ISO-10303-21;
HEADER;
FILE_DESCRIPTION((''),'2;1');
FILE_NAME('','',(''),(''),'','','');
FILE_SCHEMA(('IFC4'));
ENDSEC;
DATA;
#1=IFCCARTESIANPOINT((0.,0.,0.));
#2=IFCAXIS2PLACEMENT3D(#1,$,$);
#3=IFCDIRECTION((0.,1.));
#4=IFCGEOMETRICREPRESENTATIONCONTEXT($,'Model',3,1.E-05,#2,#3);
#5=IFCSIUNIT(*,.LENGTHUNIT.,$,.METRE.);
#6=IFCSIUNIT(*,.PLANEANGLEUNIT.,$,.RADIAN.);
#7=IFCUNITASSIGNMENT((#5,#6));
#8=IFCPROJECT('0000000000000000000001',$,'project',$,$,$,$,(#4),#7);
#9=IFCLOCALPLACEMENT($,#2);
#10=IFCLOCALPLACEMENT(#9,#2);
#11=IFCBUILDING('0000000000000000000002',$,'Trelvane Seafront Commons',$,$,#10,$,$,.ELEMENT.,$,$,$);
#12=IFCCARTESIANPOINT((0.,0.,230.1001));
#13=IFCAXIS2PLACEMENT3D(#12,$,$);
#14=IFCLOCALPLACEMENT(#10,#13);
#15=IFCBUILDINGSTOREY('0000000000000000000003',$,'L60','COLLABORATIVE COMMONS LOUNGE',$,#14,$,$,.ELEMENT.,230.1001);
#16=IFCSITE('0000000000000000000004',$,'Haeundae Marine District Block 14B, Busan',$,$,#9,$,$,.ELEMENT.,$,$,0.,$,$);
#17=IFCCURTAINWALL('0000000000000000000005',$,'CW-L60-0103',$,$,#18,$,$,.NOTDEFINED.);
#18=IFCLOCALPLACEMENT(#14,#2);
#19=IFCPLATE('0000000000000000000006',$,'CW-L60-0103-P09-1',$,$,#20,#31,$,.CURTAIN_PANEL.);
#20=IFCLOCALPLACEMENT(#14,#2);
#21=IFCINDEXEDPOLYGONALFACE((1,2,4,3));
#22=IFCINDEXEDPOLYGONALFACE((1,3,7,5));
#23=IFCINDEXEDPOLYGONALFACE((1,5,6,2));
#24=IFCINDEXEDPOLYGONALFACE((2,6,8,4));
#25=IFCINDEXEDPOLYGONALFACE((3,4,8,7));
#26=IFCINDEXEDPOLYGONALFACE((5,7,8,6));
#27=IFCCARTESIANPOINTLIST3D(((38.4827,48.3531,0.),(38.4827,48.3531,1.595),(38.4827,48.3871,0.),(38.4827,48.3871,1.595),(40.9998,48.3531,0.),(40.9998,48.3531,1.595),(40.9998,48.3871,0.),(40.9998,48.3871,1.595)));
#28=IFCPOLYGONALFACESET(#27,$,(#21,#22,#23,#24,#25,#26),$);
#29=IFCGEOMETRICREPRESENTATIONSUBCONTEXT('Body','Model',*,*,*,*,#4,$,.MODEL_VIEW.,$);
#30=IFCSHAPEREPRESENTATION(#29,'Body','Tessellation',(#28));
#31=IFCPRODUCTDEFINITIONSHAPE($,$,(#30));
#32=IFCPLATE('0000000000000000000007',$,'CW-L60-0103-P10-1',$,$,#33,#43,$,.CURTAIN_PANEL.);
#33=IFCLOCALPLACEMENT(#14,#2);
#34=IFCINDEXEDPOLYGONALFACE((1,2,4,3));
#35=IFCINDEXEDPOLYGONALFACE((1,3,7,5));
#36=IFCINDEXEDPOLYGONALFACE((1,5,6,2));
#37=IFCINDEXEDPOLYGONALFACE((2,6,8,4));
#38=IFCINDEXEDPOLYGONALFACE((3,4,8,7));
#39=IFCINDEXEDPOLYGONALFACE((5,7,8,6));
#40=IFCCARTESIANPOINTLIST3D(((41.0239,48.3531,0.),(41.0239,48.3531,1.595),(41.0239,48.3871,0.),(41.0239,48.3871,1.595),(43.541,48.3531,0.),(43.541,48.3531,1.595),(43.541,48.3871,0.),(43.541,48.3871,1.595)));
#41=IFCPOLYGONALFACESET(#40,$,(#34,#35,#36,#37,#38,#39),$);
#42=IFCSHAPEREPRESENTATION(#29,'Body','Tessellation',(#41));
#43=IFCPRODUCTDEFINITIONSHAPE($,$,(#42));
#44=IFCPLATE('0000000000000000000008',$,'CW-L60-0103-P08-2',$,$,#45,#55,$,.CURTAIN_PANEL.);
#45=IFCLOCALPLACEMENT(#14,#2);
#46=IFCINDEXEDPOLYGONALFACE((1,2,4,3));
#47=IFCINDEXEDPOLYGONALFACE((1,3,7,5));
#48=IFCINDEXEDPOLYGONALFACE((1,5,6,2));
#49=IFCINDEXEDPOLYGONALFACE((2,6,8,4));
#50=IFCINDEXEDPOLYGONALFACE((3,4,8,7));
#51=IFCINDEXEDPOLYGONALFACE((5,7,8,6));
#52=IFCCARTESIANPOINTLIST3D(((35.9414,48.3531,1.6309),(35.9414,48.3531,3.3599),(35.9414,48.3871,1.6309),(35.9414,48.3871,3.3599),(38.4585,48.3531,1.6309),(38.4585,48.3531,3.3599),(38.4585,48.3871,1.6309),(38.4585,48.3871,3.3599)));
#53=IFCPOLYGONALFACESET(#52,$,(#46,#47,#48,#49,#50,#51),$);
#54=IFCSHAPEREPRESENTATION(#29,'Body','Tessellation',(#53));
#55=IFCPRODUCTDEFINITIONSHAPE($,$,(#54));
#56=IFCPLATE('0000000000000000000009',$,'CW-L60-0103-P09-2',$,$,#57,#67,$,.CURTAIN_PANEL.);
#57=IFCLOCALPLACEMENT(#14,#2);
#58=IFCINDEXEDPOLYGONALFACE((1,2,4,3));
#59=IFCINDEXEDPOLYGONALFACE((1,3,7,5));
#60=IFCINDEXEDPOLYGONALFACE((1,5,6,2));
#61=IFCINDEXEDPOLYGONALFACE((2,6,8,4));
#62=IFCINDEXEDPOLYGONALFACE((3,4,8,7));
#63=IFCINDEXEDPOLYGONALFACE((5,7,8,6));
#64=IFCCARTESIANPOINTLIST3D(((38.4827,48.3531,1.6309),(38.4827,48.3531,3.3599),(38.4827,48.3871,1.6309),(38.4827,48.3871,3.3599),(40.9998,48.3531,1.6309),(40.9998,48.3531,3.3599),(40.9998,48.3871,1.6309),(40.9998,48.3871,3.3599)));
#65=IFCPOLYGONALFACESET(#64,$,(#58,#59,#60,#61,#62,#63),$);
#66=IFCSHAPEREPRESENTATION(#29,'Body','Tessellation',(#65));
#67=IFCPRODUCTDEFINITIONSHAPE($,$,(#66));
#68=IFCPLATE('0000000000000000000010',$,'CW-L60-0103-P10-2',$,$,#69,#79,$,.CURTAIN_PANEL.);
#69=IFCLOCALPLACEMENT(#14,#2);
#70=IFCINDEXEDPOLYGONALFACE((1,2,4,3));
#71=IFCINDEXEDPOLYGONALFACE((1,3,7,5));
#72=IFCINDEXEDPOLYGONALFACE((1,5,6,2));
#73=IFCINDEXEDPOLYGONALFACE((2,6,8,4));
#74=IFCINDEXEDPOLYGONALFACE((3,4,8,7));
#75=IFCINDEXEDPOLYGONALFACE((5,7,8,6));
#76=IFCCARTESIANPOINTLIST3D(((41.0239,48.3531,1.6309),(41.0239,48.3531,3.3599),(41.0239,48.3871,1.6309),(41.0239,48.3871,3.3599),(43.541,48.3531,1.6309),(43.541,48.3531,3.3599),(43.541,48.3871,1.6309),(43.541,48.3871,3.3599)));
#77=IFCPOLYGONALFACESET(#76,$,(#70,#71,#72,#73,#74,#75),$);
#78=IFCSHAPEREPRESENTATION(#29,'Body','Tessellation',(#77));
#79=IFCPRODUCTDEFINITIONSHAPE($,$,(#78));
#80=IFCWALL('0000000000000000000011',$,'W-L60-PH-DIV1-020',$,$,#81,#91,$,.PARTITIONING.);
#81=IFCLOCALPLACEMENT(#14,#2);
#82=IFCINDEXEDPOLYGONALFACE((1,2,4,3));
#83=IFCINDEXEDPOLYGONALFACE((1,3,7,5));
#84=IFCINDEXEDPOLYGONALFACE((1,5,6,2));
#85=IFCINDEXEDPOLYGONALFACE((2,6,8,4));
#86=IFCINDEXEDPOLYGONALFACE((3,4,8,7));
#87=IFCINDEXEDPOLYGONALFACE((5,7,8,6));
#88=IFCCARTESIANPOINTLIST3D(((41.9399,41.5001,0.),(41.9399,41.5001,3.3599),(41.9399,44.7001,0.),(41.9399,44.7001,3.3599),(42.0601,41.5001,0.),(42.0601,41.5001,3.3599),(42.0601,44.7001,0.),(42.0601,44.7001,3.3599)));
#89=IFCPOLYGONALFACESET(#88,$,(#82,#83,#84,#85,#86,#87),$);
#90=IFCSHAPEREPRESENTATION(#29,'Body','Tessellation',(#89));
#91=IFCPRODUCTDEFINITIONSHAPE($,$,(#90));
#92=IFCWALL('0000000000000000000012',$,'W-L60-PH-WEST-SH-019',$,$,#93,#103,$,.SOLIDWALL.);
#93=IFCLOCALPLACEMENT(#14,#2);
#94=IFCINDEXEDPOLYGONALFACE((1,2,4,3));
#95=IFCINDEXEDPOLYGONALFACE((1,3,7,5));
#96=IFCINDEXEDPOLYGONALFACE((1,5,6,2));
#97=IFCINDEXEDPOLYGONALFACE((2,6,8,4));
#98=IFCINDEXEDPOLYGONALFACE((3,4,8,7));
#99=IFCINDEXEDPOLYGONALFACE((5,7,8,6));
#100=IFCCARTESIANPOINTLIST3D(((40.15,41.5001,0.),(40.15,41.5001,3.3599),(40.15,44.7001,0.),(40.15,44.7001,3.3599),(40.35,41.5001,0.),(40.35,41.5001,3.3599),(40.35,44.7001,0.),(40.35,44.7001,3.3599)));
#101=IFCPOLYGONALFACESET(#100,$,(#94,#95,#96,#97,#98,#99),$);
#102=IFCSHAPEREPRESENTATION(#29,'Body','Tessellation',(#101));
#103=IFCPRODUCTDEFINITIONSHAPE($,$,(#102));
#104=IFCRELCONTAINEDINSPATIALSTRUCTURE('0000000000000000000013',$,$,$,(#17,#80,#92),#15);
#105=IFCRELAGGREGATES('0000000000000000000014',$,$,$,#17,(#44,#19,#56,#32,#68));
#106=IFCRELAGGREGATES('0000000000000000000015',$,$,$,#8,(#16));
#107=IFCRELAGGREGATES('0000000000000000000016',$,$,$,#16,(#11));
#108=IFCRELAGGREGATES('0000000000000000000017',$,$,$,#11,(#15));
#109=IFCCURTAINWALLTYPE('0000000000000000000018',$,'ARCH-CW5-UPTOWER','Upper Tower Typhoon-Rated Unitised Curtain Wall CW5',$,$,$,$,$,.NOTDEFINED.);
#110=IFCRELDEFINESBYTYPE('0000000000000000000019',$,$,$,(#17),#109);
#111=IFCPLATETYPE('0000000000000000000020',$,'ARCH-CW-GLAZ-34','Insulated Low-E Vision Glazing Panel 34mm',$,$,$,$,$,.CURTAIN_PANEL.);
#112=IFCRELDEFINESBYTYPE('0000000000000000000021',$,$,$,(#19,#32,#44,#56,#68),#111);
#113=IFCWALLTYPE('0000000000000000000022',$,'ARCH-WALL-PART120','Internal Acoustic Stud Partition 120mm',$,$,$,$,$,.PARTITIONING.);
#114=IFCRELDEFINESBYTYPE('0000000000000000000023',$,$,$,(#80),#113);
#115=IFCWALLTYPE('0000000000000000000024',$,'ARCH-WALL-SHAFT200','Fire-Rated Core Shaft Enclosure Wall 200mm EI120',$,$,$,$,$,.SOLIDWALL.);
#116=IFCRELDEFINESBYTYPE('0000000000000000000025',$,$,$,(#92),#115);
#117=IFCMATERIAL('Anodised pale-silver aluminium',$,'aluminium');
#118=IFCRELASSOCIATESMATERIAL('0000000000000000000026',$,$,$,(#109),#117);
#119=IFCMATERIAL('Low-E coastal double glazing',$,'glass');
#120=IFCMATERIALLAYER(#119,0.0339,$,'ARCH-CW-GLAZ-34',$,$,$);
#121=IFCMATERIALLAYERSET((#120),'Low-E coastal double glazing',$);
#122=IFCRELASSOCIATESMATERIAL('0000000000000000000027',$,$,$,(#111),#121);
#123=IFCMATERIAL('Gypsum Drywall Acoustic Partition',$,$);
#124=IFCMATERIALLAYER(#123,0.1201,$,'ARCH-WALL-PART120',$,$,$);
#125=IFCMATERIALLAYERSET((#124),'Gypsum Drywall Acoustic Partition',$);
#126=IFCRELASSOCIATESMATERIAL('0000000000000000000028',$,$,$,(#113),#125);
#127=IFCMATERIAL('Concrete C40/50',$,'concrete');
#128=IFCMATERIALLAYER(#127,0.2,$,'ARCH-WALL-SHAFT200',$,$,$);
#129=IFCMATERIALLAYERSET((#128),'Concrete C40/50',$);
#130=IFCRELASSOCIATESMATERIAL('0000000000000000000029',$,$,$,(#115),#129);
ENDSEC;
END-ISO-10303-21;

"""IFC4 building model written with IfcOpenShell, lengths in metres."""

from ifc_helpers import new_model, si_unit, direction, frame, frame_2d, origin, origin_2d, place, context, subcontext, project, spatial, rectangle, extrude, source, transform, mapped, material, layer, layer_set, type_object, element, aggregate, save


model = new_model("IFC4")

# Units and contexts
model_context = context("Model", 3, precision=1e-05, world=origin(), true_north=direction((0.0, 1.0)))
body_context = subcontext(model_context, "Body", "Model", "MODEL_VIEW")
ifc_project = project(units=[si_unit("LENGTHUNIT", "METRE"), si_unit("PLANEANGLEUNIT", "RADIAN")], contexts=[model_context])

# Site, building, storey
site_placement = place(None, origin())
site = spatial("IfcSite", under=ifc_project, at=site_placement, Name="Haeundae Marine District Block 14B, Busan", CompositionType="ELEMENT", RefElevation=0.0)
building_placement = place(site_placement, origin())
building = spatial("IfcBuilding", under=site, at=building_placement, Name="Trelvane Seafront Commons", CompositionType="ELEMENT")
storey_placement = place(building_placement, frame((0.0, 0.0, 230.1001)))
storey = spatial("IfcBuildingStorey", under=building, at=storey_placement, Name="L60", Description="COLLABORATIVE COMMONS LOUNGE", CompositionType="ELEMENT", Elevation=230.1001)

# Curtain wall
ifc_material_1 = material(Name="Anodised pale-silver aluminium", Category="aluminium")
curtain_wall_type = type_object("IfcCurtainWallType", Name="ARCH-CW5-UPTOWER", Description="Upper Tower Typhoon-Rated Unitised Curtain Wall CW5", PredefinedType="NOTDEFINED", material=ifc_material_1)
curtain_wall_placement = place(storey_placement, origin())
curtain_wall = element("IfcCurtainWall", 1, at=curtain_wall_placement, inside=storey, type_object=curtain_wall_type, Name="CW-L60-0103", PredefinedType="NOTDEFINED")

# Plates
ifc_material_2 = material(Name="Low-E coastal double glazing", Category="glass")
ifc_layer_1 = layer(ifc_material_2, 0.0339, Name="ARCH-CW-GLAZ-34")
ifc_layer_set_1 = layer_set([ifc_layer_1], Name="Low-E coastal double glazing")
plate_type_1 = type_object("IfcPlateType", Name="ARCH-CW-GLAZ-34", Description="Insulated Low-E Vision Glazing Panel 34mm", PredefinedType="CURTAIN_PANEL", material=ifc_layer_set_1)
shared_shape_1 = source(origin(), body_context, "Body", "SweptSolid", [
    extrude(rectangle(XDim=2.5171, YDim=0.0339, at=origin_2d()), origin(), (0.0, 0.0, 1.0), 1.595),
])
plate_1_placement = place(storey_placement, frame((39.7412, 48.3701, 0.0), z_axis=(0.0, 0.0, 1.0), x_axis=(1.0, 0.0, 0.0)))
plate_1 = element("IfcPlate", 2, at=plate_1_placement, type_object=plate_type_1, Name="CW-L60-0103-P09-1", PredefinedType="CURTAIN_PANEL", context=body_context, shape_type="MappedRepresentation", body=[
    mapped(shared_shape_1, transform((0.0, 0.0, 0.0), x_axis=(1.0, 0.0, 0.0), y_axis=(0.0, 1.0, 0.0), z_axis=(0.0, 0.0, 1.0), scale=1.0)),
])
plate_2_placement = place(storey_placement, frame((42.2825, 48.3701, 0.0), z_axis=(0.0, 0.0, 1.0), x_axis=(1.0, 0.0, 0.0)))
plate_2 = element("IfcPlate", 3, at=plate_2_placement, type_object=plate_type_1, Name="CW-L60-0103-P10-1", PredefinedType="CURTAIN_PANEL", context=body_context, shape_type="MappedRepresentation", body=[
    mapped(shared_shape_1, transform((0.0, 0.0, 0.0), x_axis=(1.0, 0.0, 0.0), y_axis=(0.0, 1.0, 0.0), z_axis=(0.0, 0.0, 1.0), scale=1.0)),
])
shared_shape_2 = source(origin(), body_context, "Body", "SweptSolid", [
    extrude(rectangle(XDim=2.5171, YDim=0.0339, at=origin_2d()), origin(), (0.0, 0.0, 1.0), 1.729),
])
plate_3_placement = place(storey_placement, frame((37.2, 48.3701, 1.6309), z_axis=(0.0, 0.0, 1.0), x_axis=(1.0, 0.0, 0.0)))
plate_3 = element("IfcPlate", 4, at=plate_3_placement, type_object=plate_type_1, Name="CW-L60-0103-P08-2", PredefinedType="CURTAIN_PANEL", context=body_context, shape_type="MappedRepresentation", body=[
    mapped(shared_shape_2, transform((0.0, 0.0, 0.0), x_axis=(1.0, 0.0, 0.0), y_axis=(0.0, 1.0, 0.0), z_axis=(0.0, 0.0, 1.0), scale=1.0)),
])
plate_4_placement = place(storey_placement, frame((39.7412, 48.3701, 1.6309), z_axis=(0.0, 0.0, 1.0), x_axis=(1.0, 0.0, 0.0)))
plate_4 = element("IfcPlate", 5, at=plate_4_placement, type_object=plate_type_1, Name="CW-L60-0103-P09-2", PredefinedType="CURTAIN_PANEL", context=body_context, shape_type="MappedRepresentation", body=[
    mapped(shared_shape_2, transform((0.0, 0.0, 0.0), x_axis=(1.0, 0.0, 0.0), y_axis=(0.0, 1.0, 0.0), z_axis=(0.0, 0.0, 1.0), scale=1.0)),
])
plate_5_placement = place(storey_placement, frame((42.2825, 48.3701, 1.6309), z_axis=(0.0, 0.0, 1.0), x_axis=(1.0, 0.0, 0.0)))
plate_5 = element("IfcPlate", 6, at=plate_5_placement, type_object=plate_type_1, Name="CW-L60-0103-P10-2", PredefinedType="CURTAIN_PANEL", context=body_context, shape_type="MappedRepresentation", body=[
    mapped(shared_shape_2, transform((0.0, 0.0, 0.0), x_axis=(1.0, 0.0, 0.0), y_axis=(0.0, 1.0, 0.0), z_axis=(0.0, 0.0, 1.0), scale=1.0)),
])
aggregate(curtain_wall, [plate_3, plate_1, plate_4, plate_2, plate_5])

# Wall
ifc_material_3 = material(Name="Gypsum Drywall Acoustic Partition")
ifc_layer_2 = layer(ifc_material_3, 0.1201, Name="ARCH-WALL-PART120")
ifc_layer_set_2 = layer_set([ifc_layer_2], Name="Gypsum Drywall Acoustic Partition")
wall_type_1 = type_object("IfcWallType", Name="ARCH-WALL-PART120", Description="Internal Acoustic Stud Partition 120mm", PredefinedType="PARTITIONING", material=ifc_layer_set_2)
wall_1_placement = place(storey_placement, frame((42.0, 41.5, 0.0), z_axis=(0.0, 0.0, 1.0), x_axis=(0.0, 1.0, 0.0)))
element("IfcWall", 7, at=wall_1_placement, inside=storey, type_object=wall_type_1, Name="W-L60-PH-DIV1-020", PredefinedType="PARTITIONING", context=body_context, shape_type="SweptSolid", body=[
    extrude(rectangle(XDim=3.2, YDim=0.1201, at=frame_2d((1.6001, 0.0))), origin(), (0.0, 0.0, 1.0), 3.3599),
])

# Shared definitions
ifc_material_4 = material(Name="Concrete C40/50", Category="concrete")
ifc_layer_3 = layer(ifc_material_4, 0.2, Name="ARCH-WALL-SHAFT200")
ifc_layer_set_3 = layer_set([ifc_layer_3], Name="Concrete C40/50")
wall_type_2 = type_object("IfcWallType", Name="ARCH-WALL-SHAFT200", Description="Fire-Rated Core Shaft Enclosure Wall 200mm EI120", PredefinedType="SOLIDWALL", material=ifc_layer_set_3)

# Wall
wall_2_placement = place(storey_placement, frame((40.25, 41.5, 0.0), z_axis=(0.0, 0.0, 1.0), x_axis=(0.0, 1.0, 0.0)))
element("IfcWall", 8, at=wall_2_placement, inside=storey, type_object=wall_type_2, Name="W-L60-PH-WEST-SH-019", PredefinedType="SOLIDWALL", context=body_context, shape_type="SweptSolid", body=[
    extrude(rectangle(XDim=3.2, YDim=0.2, at=frame_2d((1.6001, 0.0))), origin(), (0.0, 0.0, 1.0), 3.3599),
])

save(model, "model.ifc")
